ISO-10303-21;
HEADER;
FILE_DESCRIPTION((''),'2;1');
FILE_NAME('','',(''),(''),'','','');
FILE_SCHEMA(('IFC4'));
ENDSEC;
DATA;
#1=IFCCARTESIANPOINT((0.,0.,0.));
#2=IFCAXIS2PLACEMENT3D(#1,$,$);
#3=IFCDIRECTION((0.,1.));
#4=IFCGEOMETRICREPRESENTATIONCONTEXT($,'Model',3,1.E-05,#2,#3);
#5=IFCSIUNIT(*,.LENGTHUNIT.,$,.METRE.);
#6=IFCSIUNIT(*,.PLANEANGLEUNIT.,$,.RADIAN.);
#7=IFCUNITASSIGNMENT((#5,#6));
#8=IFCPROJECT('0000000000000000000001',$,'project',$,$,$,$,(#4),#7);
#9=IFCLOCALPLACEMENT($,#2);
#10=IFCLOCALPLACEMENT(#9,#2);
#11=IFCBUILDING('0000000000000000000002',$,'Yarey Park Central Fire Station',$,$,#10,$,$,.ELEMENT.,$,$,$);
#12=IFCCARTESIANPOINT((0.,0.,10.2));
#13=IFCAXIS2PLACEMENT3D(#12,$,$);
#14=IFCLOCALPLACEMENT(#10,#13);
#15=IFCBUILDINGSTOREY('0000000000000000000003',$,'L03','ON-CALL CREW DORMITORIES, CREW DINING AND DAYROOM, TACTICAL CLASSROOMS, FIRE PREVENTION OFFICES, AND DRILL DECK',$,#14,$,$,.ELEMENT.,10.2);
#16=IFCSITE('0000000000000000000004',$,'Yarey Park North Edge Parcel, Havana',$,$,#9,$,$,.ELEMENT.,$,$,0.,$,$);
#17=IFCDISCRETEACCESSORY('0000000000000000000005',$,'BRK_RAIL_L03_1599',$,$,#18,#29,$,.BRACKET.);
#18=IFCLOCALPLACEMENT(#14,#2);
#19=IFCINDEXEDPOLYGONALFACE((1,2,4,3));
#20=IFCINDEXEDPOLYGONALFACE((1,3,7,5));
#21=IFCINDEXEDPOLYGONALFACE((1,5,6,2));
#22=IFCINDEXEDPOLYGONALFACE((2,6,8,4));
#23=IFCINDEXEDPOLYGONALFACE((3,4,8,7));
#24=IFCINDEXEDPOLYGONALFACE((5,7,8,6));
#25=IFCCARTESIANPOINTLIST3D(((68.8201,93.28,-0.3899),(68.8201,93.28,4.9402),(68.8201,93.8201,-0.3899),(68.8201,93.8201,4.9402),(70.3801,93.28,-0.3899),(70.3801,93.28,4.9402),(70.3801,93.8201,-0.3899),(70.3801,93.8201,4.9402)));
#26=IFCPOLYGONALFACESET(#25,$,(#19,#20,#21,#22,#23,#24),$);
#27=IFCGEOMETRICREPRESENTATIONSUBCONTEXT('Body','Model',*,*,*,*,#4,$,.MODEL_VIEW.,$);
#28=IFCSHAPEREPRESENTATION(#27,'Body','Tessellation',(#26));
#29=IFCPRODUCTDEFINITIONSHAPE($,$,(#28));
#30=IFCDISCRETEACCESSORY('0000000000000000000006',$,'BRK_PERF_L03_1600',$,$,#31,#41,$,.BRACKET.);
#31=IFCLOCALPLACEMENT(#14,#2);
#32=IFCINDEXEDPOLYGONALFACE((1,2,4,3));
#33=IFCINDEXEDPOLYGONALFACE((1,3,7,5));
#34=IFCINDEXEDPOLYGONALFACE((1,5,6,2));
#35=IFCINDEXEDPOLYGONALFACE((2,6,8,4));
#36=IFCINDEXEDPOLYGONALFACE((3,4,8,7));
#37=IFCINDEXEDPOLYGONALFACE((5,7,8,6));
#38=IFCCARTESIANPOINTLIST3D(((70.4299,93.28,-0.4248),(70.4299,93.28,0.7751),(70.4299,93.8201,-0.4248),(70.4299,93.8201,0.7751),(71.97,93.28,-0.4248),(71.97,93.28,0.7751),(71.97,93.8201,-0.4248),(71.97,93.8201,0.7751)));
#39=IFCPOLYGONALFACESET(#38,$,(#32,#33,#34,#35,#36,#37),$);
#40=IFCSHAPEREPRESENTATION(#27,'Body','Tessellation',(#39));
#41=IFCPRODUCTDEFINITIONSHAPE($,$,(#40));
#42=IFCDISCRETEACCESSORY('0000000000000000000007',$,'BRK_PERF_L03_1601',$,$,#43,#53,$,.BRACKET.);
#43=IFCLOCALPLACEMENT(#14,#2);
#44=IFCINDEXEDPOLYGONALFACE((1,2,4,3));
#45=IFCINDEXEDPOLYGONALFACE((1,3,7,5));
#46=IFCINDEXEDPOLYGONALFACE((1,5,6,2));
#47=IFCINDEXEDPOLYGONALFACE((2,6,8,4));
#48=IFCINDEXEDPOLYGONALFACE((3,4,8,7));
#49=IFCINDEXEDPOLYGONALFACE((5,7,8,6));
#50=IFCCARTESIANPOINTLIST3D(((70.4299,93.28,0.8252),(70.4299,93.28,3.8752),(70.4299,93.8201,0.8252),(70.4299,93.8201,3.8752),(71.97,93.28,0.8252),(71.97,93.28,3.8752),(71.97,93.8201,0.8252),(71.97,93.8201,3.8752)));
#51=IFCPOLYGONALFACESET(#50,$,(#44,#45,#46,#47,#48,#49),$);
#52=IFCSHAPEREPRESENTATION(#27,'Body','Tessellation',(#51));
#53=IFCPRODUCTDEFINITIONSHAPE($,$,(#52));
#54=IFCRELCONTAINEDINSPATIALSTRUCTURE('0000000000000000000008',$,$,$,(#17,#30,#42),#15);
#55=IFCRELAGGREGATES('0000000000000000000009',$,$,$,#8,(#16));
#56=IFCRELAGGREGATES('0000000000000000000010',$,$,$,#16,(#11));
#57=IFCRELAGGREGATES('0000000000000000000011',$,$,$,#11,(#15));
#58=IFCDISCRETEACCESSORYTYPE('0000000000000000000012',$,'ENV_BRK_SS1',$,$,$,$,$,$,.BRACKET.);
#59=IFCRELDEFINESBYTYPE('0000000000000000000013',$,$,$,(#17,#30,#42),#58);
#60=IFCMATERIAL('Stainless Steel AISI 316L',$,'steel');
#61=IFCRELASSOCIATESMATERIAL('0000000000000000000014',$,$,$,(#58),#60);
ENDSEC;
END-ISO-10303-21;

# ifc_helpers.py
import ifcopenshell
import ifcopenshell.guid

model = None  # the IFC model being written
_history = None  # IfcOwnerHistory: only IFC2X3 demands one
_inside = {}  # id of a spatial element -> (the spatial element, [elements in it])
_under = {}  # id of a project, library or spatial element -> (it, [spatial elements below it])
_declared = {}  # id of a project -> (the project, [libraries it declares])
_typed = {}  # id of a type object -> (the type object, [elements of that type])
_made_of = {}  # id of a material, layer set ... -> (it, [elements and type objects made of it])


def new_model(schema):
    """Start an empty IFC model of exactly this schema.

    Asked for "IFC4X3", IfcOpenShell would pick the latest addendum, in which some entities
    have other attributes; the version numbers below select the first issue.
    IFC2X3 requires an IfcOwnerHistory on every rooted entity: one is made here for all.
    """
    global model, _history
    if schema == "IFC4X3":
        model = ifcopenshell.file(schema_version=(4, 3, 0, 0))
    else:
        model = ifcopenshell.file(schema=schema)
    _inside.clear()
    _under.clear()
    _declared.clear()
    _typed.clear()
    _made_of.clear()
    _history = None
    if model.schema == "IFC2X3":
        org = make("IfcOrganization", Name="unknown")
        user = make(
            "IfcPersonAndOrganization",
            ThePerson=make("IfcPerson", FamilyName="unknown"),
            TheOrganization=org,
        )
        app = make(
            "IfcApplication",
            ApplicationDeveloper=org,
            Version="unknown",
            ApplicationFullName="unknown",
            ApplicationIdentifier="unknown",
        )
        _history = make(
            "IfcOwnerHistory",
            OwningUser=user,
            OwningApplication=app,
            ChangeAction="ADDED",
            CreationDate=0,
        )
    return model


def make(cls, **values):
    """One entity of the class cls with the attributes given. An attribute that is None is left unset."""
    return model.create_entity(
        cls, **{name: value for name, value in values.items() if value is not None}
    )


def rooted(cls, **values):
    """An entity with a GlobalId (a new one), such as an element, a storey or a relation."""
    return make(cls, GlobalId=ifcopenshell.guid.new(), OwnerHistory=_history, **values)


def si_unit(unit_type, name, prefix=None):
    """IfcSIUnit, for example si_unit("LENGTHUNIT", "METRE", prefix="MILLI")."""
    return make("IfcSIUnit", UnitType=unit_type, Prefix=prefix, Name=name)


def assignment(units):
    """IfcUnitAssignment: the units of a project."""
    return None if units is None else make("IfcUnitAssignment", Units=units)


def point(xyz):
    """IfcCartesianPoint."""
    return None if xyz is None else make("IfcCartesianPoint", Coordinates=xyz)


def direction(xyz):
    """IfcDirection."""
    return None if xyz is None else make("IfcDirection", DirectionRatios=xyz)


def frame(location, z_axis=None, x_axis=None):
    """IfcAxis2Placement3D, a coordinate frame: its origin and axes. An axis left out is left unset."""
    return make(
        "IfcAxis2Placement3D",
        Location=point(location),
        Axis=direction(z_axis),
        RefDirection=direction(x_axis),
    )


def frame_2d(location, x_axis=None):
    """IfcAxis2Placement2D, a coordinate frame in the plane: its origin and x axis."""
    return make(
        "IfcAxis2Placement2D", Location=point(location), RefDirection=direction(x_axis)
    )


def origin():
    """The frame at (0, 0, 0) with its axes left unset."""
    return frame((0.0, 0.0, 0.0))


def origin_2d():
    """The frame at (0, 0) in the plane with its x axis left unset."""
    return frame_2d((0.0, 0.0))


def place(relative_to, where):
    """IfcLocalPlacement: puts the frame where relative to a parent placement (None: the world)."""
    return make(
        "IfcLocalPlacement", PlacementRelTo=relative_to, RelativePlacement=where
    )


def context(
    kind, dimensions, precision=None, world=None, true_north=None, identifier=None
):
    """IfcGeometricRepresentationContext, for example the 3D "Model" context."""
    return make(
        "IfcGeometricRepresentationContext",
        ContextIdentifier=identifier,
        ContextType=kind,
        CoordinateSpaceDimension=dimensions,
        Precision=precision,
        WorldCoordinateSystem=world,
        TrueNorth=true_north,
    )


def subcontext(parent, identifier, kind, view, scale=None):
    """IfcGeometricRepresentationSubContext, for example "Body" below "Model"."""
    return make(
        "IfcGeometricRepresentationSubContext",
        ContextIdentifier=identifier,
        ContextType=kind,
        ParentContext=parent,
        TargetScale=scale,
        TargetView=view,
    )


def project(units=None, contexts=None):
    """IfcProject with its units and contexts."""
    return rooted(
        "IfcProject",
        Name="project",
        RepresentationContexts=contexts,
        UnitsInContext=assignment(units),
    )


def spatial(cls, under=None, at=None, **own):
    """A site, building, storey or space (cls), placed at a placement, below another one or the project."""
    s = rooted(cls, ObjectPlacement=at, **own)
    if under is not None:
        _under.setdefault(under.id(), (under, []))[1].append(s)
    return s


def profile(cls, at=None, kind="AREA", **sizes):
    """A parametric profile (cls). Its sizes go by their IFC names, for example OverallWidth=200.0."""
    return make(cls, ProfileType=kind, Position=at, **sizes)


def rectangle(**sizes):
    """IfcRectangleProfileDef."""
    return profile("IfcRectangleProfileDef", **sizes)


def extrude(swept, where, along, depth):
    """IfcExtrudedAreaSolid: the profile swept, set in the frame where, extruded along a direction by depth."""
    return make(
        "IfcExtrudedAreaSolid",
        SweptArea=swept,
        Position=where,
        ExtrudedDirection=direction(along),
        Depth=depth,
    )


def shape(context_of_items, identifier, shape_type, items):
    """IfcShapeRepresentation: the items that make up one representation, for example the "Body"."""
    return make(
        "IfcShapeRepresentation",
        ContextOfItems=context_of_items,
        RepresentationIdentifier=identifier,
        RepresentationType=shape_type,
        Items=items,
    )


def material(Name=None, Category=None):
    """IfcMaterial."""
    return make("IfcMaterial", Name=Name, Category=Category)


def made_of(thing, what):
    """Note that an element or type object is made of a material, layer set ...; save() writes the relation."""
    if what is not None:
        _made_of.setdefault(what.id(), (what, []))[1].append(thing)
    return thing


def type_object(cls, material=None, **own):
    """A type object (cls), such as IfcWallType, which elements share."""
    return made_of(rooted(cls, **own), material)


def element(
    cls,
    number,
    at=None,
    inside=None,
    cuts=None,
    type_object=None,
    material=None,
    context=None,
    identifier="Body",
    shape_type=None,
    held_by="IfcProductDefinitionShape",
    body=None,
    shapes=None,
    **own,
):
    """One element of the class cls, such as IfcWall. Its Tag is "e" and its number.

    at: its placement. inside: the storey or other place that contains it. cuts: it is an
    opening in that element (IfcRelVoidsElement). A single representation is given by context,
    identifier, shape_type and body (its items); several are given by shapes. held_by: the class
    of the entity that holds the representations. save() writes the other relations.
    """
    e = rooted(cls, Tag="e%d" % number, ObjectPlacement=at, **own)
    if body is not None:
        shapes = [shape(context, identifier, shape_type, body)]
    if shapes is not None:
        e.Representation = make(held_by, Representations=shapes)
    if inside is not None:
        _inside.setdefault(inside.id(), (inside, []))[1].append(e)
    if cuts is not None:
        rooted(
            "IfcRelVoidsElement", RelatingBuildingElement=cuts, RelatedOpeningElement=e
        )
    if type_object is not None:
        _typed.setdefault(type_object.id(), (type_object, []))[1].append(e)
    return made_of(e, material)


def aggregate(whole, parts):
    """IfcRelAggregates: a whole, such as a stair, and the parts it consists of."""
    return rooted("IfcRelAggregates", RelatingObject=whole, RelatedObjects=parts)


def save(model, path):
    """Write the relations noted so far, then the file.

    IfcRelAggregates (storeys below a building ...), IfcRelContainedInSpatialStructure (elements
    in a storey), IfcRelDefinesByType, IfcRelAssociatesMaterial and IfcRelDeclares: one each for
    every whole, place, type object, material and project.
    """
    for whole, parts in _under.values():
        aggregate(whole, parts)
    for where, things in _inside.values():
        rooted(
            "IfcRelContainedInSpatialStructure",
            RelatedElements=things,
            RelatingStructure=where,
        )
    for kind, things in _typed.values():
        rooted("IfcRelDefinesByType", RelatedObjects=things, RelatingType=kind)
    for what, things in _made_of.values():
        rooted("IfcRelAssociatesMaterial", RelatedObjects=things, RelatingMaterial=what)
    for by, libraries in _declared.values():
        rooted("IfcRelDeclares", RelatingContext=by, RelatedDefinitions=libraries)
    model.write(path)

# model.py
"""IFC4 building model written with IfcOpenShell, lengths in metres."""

from ifc_helpers import new_model, si_unit, direction, frame, origin, origin_2d, place, context, subcontext, project, spatial, rectangle, extrude, material, type_object, element, save


model = new_model("IFC4")

# Units and contexts
model_context = context("Model", 3, precision=1e-05, world=origin(), true_north=direction((0.0, 1.0)))
body_context = subcontext(model_context, "Body", "Model", "MODEL_VIEW")
ifc_project = project(units=[si_unit("LENGTHUNIT", "METRE"), si_unit("PLANEANGLEUNIT", "RADIAN")], contexts=[model_context])

# Site, building, storey
site_placement = place(None, origin())
site = spatial("IfcSite", under=ifc_project, at=site_placement, Name="Yarey Park North Edge Parcel, Havana", CompositionType="ELEMENT", RefElevation=0.0)
building_placement = place(site_placement, origin())
building = spatial("IfcBuilding", under=site, at=building_placement, Name="Yarey Park Central Fire Station", CompositionType="ELEMENT")
storey_placement = place(building_placement, frame((0.0, 0.0, 10.2)))
storey = spatial("IfcBuildingStorey", under=building, at=storey_placement, Name="L03", Description="ON-CALL CREW DORMITORIES, CREW DINING AND DAYROOM, TACTICAL CLASSROOMS, FIRE PREVENTION OFFICES, AND DRILL DECK", CompositionType="ELEMENT", Elevation=10.2)

# Discrete accessories
ifc_material_1 = material(Name="Stainless Steel AISI 316L", Category="steel")
discrete_accessory_type = type_object("IfcDiscreteAccessoryType", Name="ENV_BRK_SS1", PredefinedType="BRACKET", material=ifc_material_1)
discrete_accessory_1_placement = place(storey_placement, frame((69.6001, 93.55, -0.3899), z_axis=(0.0, 0.0, 1.0), x_axis=(1.0, 0.0, 0.0)))
element("IfcDiscreteAccessory", 1, at=discrete_accessory_1_placement, inside=storey, type_object=discrete_accessory_type, Name="BRK_RAIL_L03_1599", PredefinedType="BRACKET", context=body_context, shape_type="SweptSolid", body=[
    extrude(rectangle(XDim=1.5601, YDim=0.54, at=origin_2d()), origin(), (0.0, 0.0, 1.0), 5.3301),
])
discrete_accessory_2_placement = place(storey_placement, frame((71.2, 93.55, -0.4248), z_axis=(0.0, 0.0, 1.0), x_axis=(1.0, 0.0, 0.0)))
element("IfcDiscreteAccessory", 2, at=discrete_accessory_2_placement, inside=storey, type_object=discrete_accessory_type, Name="BRK_PERF_L03_1600", PredefinedType="BRACKET", context=body_context, shape_type="SweptSolid", body=[
    extrude(rectangle(XDim=1.54, YDim=0.54, at=origin_2d()), origin(), (0.0, 0.0, 1.0), 1.2),
])
discrete_accessory_3_placement = place(storey_placement, frame((71.2, 93.55, 0.8252), z_axis=(0.0, 0.0, 1.0), x_axis=(1.0, 0.0, 0.0)))
element("IfcDiscreteAccessory", 3, at=discrete_accessory_3_placement, inside=storey, type_object=discrete_accessory_type, Name="BRK_PERF_L03_1601", PredefinedType="BRACKET", context=body_context, shape_type="SweptSolid", body=[
    extrude(rectangle(XDim=1.54, YDim=0.54, at=origin_2d()), origin(), (0.0, 0.0, 1.0), 3.05),
])

save(model, "model.ifc")
